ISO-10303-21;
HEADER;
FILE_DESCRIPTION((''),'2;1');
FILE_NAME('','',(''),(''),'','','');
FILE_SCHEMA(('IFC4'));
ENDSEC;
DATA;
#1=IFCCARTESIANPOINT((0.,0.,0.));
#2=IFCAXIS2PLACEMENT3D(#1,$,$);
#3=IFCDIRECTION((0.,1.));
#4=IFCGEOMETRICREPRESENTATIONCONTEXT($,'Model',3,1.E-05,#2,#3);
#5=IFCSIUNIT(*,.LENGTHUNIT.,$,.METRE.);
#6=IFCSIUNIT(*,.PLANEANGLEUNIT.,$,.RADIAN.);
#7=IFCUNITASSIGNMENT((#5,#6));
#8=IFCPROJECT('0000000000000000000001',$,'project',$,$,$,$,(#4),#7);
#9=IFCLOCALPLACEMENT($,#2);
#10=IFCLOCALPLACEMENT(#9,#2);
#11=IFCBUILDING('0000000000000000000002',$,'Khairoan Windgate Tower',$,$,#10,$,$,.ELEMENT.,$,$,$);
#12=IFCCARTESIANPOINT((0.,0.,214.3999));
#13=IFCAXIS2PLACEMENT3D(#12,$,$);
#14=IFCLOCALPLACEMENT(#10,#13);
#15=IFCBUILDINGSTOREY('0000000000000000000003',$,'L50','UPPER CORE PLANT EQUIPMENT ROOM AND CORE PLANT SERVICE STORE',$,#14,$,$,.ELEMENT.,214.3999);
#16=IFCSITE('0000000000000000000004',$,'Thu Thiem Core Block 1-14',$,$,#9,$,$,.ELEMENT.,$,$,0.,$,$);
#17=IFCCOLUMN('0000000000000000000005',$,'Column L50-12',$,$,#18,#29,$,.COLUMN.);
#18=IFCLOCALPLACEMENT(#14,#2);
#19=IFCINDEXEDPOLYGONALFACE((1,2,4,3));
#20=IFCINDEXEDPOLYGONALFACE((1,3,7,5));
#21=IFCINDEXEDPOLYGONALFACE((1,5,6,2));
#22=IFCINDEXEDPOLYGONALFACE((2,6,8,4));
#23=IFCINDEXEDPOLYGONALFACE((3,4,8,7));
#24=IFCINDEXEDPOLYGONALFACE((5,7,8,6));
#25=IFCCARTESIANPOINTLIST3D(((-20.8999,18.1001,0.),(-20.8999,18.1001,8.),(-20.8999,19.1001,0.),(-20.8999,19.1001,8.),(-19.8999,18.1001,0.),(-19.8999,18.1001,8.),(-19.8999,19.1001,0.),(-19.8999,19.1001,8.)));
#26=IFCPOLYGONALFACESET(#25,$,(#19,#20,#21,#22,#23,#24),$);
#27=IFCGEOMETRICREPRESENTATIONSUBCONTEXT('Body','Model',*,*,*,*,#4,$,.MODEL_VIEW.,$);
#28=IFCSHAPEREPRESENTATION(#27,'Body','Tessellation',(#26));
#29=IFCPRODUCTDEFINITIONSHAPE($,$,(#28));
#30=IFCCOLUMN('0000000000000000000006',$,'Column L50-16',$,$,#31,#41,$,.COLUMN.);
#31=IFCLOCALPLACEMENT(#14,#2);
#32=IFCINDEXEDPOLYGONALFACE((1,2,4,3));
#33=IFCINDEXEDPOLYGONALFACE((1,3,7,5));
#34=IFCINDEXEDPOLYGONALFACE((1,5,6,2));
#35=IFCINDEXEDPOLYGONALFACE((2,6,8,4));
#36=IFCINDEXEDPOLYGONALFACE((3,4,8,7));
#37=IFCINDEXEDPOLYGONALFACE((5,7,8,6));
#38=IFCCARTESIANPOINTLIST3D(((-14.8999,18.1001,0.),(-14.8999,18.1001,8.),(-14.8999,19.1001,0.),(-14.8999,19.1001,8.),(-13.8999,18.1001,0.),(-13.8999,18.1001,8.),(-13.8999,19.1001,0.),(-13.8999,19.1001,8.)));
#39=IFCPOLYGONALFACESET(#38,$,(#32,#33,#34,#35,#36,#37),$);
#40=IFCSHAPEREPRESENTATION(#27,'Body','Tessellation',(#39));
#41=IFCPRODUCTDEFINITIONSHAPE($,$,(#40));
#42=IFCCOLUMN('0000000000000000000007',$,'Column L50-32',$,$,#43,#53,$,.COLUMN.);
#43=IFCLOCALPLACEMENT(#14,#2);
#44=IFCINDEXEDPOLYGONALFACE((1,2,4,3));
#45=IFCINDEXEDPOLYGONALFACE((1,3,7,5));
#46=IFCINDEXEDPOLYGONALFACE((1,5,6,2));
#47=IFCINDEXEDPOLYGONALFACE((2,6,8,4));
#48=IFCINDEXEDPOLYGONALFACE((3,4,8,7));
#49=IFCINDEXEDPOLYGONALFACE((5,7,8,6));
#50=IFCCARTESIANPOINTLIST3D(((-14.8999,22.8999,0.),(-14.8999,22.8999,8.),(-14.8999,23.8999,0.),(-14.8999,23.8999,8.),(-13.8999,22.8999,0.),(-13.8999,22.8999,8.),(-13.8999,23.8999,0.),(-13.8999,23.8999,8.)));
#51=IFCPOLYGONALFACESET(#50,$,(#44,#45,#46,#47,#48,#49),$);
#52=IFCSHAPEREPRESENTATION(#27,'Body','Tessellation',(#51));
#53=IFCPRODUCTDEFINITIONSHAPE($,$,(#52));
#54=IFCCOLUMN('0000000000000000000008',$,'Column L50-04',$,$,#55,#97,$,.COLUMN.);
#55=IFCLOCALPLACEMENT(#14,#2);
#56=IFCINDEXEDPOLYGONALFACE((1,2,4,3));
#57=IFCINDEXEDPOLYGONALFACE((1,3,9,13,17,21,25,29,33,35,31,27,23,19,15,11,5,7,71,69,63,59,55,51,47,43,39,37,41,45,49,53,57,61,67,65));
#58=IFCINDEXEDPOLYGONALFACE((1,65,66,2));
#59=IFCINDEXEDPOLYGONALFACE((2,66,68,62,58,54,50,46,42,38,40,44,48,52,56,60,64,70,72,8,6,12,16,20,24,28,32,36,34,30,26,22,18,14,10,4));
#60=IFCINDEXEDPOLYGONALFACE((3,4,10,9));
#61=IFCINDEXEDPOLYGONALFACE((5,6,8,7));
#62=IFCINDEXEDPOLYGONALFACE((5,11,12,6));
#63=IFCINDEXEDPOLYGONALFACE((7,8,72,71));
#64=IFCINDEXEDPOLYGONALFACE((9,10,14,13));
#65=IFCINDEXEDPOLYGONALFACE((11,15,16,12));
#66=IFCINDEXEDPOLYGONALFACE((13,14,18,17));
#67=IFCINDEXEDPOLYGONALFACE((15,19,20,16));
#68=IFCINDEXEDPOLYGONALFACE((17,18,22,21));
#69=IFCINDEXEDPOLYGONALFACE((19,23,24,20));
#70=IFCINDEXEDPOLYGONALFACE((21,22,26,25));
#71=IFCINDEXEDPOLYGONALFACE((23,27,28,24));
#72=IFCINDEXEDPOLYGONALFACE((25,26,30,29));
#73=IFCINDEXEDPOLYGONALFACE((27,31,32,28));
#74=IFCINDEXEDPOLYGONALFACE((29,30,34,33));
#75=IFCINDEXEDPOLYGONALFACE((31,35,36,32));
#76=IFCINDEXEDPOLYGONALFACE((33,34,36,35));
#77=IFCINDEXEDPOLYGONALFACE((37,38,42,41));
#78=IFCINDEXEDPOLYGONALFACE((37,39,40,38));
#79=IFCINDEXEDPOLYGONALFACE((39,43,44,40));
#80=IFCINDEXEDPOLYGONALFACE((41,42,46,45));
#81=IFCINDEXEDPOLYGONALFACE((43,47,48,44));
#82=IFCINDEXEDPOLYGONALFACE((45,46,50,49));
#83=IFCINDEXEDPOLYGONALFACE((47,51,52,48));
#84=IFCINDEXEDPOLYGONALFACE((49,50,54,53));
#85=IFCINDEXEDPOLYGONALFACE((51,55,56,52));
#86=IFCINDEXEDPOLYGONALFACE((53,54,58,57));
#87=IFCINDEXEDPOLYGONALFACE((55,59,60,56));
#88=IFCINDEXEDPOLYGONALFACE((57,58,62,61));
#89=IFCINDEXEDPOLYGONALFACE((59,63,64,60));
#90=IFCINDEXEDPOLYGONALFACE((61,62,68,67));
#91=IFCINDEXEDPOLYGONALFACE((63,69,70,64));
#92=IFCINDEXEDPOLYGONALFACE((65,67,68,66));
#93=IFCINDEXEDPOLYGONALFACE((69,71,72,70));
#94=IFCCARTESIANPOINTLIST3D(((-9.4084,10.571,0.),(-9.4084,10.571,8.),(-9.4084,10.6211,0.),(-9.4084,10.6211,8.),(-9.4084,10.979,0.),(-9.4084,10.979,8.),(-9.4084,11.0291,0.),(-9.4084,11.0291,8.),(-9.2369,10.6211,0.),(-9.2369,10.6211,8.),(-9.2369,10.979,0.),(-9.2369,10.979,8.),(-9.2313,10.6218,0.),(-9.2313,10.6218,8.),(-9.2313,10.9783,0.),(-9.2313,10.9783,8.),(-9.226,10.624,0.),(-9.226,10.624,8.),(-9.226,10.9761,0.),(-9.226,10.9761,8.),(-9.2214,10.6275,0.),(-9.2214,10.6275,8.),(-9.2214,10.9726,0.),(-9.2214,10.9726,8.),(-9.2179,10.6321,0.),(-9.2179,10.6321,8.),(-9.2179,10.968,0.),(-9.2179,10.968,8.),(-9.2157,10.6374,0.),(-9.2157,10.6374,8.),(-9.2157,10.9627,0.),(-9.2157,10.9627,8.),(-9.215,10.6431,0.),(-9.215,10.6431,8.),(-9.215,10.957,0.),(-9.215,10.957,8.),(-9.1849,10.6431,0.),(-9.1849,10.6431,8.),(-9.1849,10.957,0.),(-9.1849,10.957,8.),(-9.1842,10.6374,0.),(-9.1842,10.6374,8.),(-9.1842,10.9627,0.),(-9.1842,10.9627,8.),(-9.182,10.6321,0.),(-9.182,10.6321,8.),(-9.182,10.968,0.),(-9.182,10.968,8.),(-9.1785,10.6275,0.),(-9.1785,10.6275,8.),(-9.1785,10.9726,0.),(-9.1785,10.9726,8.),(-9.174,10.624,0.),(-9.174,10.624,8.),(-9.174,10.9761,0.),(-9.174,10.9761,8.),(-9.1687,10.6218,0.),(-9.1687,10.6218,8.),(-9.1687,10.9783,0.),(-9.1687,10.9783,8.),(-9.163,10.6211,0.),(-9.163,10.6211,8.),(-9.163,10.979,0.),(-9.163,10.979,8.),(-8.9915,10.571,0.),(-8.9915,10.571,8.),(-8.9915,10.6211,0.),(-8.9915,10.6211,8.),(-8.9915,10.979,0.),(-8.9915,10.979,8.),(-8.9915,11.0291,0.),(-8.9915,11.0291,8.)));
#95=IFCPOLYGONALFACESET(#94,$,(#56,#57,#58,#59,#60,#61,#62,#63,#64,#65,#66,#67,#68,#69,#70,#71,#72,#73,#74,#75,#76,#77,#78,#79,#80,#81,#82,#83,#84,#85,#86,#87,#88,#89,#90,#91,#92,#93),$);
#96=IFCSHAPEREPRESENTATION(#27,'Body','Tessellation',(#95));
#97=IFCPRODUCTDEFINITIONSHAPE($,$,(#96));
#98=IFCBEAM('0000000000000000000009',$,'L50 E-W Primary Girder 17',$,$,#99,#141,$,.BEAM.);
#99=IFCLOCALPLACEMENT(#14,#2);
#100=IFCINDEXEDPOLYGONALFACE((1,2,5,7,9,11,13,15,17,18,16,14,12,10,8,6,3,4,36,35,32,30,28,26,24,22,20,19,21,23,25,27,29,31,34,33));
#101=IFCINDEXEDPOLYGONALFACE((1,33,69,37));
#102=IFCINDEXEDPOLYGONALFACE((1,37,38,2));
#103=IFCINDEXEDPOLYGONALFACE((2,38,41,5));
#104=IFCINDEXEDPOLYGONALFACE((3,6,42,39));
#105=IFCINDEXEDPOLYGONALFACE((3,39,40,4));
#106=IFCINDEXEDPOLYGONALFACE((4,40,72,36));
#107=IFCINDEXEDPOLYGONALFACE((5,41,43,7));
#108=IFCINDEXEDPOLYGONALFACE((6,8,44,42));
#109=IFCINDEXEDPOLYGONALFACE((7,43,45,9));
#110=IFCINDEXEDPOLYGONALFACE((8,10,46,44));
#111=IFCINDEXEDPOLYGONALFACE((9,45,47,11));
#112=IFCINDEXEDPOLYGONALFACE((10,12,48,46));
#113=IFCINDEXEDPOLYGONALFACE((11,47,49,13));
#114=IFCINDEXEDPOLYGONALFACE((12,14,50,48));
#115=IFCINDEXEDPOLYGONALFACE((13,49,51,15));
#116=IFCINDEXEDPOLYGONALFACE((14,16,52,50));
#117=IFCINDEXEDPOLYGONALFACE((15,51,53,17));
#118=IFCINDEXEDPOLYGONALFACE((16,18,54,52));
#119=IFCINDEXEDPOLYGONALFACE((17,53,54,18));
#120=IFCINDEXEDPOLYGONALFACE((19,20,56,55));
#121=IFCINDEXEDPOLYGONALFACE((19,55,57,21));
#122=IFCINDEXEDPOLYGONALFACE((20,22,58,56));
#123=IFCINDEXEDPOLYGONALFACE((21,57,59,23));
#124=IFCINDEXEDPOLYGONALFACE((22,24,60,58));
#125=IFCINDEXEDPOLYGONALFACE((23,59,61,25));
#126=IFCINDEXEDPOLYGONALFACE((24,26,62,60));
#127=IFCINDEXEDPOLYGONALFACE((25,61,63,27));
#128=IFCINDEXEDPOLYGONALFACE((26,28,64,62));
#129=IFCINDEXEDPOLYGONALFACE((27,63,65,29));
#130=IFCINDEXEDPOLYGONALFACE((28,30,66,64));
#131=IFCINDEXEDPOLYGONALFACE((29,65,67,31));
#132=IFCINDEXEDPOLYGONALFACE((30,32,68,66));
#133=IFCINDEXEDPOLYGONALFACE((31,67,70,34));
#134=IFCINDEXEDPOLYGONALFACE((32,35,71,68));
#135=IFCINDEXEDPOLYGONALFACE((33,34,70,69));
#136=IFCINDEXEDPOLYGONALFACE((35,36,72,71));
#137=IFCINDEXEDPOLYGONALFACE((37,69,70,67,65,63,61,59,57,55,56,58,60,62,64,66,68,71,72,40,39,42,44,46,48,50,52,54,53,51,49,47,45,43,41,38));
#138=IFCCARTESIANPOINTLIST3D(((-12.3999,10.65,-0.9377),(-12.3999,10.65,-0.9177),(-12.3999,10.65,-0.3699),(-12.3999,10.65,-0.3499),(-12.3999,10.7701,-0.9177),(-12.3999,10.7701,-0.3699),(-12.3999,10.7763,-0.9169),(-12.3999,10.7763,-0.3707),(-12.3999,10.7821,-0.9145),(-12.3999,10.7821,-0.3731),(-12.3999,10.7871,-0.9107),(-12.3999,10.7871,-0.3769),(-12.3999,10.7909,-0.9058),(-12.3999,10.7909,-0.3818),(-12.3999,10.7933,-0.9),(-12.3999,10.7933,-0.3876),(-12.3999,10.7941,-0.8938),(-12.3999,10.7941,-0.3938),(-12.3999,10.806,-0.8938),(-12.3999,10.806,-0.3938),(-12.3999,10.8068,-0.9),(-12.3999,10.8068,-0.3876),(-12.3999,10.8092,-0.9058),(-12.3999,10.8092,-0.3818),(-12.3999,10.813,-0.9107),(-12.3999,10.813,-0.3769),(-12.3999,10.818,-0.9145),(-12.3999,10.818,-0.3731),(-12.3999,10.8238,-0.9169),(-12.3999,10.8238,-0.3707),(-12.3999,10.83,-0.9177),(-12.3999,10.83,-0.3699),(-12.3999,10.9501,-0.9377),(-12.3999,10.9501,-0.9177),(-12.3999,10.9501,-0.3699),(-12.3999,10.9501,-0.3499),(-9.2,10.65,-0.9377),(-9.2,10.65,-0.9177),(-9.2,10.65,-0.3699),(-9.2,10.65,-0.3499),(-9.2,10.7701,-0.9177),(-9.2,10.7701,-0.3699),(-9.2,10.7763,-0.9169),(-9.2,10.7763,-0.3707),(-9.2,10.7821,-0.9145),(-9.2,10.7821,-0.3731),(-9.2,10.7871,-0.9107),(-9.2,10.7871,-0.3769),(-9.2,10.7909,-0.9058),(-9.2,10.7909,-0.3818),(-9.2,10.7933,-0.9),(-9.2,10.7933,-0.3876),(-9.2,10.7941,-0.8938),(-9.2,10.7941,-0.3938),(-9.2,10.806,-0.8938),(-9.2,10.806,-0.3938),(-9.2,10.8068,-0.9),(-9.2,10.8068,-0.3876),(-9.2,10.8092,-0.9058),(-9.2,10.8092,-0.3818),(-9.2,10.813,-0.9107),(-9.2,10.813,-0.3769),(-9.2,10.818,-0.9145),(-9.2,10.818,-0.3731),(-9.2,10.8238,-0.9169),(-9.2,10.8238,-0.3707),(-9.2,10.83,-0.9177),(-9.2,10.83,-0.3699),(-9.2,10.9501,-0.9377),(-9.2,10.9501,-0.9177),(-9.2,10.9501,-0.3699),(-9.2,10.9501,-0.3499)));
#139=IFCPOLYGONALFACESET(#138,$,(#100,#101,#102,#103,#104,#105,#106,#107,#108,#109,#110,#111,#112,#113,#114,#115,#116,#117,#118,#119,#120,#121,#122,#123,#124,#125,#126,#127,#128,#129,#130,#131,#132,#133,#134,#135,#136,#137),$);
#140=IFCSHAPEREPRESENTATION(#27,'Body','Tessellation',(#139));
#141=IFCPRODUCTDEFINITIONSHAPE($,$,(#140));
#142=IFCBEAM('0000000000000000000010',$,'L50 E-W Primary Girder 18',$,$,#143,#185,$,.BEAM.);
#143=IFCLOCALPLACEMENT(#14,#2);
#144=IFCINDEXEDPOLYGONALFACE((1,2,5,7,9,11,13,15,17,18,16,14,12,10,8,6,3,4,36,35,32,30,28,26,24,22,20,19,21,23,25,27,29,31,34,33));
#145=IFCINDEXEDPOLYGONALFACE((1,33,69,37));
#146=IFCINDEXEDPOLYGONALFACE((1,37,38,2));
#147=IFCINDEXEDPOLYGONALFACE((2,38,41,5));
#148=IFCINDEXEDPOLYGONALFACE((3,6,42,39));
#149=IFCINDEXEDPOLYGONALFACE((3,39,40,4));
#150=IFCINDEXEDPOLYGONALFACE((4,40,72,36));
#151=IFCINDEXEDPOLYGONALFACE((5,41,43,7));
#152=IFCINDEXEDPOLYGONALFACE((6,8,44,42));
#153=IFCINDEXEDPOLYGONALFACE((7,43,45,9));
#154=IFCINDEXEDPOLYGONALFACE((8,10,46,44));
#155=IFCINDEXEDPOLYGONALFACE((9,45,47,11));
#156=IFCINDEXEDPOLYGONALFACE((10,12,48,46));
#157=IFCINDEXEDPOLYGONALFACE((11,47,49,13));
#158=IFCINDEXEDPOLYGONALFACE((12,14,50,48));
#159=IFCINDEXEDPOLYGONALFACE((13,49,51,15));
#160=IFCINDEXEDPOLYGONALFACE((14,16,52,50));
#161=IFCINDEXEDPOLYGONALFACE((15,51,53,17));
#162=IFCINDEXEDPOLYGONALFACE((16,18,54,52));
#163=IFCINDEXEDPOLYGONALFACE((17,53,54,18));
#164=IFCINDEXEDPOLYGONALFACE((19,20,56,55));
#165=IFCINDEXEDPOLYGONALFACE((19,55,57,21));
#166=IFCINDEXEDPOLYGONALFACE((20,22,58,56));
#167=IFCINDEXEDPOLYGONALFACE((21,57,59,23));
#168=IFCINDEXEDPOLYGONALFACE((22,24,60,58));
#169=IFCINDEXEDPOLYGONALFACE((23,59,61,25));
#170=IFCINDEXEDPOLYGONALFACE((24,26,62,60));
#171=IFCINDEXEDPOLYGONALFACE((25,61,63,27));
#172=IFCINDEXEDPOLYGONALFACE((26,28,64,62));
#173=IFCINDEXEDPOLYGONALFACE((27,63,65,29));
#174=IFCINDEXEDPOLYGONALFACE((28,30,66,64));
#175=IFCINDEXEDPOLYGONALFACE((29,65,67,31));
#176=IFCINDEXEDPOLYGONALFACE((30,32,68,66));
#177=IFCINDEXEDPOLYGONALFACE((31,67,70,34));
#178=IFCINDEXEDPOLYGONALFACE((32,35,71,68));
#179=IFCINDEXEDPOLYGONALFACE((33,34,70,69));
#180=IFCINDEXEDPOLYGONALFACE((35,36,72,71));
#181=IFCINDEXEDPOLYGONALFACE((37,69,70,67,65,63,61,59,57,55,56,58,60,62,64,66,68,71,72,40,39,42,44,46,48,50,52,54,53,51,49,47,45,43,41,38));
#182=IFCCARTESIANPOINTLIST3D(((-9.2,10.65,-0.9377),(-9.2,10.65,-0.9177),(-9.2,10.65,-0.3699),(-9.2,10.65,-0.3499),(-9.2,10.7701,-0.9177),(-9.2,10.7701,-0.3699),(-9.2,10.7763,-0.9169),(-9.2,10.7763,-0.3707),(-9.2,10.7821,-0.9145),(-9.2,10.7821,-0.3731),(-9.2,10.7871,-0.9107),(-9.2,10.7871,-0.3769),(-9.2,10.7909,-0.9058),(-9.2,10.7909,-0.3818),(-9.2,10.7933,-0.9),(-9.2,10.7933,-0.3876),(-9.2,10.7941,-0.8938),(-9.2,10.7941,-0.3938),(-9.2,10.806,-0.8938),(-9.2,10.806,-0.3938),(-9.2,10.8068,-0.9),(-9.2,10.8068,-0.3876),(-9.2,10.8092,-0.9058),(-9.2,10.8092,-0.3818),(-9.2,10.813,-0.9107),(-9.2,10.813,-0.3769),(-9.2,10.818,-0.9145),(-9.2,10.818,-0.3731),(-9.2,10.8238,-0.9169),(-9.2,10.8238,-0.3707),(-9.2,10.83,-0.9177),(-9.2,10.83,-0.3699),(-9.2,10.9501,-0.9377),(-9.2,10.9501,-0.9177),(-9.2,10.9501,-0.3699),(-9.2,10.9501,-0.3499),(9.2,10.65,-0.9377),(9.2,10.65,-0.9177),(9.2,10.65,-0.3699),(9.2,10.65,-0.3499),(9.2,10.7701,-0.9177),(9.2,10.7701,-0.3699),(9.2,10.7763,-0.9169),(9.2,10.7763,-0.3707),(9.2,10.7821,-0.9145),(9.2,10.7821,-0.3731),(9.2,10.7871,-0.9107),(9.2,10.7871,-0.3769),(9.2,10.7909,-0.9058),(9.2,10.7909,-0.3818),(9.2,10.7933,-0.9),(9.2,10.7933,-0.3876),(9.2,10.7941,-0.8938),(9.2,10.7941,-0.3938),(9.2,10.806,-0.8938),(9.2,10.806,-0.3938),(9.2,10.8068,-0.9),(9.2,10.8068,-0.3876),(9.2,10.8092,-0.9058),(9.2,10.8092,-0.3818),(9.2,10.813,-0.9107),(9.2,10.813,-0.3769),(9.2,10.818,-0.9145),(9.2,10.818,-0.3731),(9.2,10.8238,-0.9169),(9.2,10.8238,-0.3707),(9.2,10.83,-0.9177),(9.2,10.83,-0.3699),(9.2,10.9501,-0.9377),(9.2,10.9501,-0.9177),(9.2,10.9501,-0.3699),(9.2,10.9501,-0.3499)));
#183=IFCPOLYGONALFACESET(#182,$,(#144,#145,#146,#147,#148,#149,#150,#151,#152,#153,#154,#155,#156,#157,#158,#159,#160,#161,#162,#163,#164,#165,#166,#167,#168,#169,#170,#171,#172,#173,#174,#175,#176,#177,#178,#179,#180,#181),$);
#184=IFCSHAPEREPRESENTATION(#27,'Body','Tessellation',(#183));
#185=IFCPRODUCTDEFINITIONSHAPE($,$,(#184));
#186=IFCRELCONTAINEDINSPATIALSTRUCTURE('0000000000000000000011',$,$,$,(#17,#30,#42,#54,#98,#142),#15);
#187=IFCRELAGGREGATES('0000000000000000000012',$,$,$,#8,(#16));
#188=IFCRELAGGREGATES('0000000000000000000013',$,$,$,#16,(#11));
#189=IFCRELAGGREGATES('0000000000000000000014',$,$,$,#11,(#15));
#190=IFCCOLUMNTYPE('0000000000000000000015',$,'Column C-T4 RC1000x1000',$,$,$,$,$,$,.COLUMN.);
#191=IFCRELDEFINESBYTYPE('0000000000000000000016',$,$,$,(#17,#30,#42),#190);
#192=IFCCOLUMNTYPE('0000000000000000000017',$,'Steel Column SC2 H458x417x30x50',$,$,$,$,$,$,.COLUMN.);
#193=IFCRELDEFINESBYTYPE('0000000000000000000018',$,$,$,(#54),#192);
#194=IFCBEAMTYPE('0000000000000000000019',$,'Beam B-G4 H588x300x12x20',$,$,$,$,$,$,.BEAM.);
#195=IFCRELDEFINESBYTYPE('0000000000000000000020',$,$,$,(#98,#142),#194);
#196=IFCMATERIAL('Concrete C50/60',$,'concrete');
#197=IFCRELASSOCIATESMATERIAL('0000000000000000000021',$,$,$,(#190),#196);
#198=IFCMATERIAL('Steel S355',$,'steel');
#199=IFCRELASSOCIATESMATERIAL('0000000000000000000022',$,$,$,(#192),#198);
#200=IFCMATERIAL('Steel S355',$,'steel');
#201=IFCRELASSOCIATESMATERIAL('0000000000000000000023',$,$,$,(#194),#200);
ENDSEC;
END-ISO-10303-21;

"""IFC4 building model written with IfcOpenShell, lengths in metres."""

from ifc_helpers import new_model, si_unit, direction, frame, origin, origin_2d, place, context, subcontext, project, spatial, rectangle, i_section, extrude, material, material_profile, profile_set, type_object, element, save


model = new_model("IFC4")

# Units and contexts
model_context = context("Model", 3, precision=1e-05, world=origin(), true_north=direction((0.0, 1.0)))
body_context = subcontext(model_context, "Body", "Model", "MODEL_VIEW")
ifc_project = project(units=[si_unit("LENGTHUNIT", "METRE"), si_unit("PLANEANGLEUNIT", "RADIAN")], contexts=[model_context])

# Site, building, storey
site_placement = place(None, origin())
site = spatial("IfcSite", under=ifc_project, at=site_placement, Name="Thu Thiem Core Block 1-14", CompositionType="ELEMENT", RefElevation=0.0)
building_placement = place(site_placement, origin())
building = spatial("IfcBuilding", under=site, at=building_placement, Name="Khairoan Windgate Tower", CompositionType="ELEMENT")
storey_placement = place(building_placement, frame((0.0, 0.0, 214.3999)))
storey = spatial("IfcBuildingStorey", under=building, at=storey_placement, Name="L50", Description="UPPER CORE PLANT EQUIPMENT ROOM AND CORE PLANT SERVICE STORE", CompositionType="ELEMENT", Elevation=214.3999)

# Columns
ifc_material_1 = material(Name="Concrete C50/60", Category="concrete")
ifc_material_profile_1 = material_profile(ifc_material_1, rectangle(XDim=1.0, YDim=1.0, at=origin_2d()))
ifc_profile_set_1 = profile_set([ifc_material_profile_1], Name="Concrete C50/60")
column_type_1 = type_object("IfcColumnType", Name="Column C-T4 RC1000x1000", PredefinedType="COLUMN", material=ifc_profile_set_1)
for number, where, z_axis, x_axis, name in (
    (1, (-20.3999, 18.6001, 0.0), (0.0, 0.0, 1.0), (1.0, 0.0, 0.0), "Column L50-12"),
    (2, (-14.3999, 18.6001, 0.0), (0.0, 0.0, 1.0), (1.0, 0.0, 0.0), "Column L50-16"),
    (3, (-14.3999, 23.3999, 0.0), (0.0, 0.0, 1.0), (1.0, 0.0, 0.0), "Column L50-32"),
):
    element("IfcColumn", number, at=place(storey_placement, frame(where, z_axis=z_axis, x_axis=x_axis)), inside=storey, type_object=column_type_1, Name=name, PredefinedType="COLUMN", context=body_context, shape_type="SweptSolid", body=[
        extrude(rectangle(XDim=1.0, YDim=1.0, at=origin_2d()), origin(), (0.0, 0.0, 1.0), 8.0),
    ])
ifc_material_2 = material(Name="Steel S355", Category="steel")
ifc_material_profile_2 = material_profile(ifc_material_2, i_section(OverallWidth=0.417, OverallDepth=0.458, WebThickness=0.03, FlangeThickness=0.05, FilletRadius=0.022, at=origin_2d()))
ifc_profile_set_2 = profile_set([ifc_material_profile_2], Name="Steel S355")
column_type_2 = type_object("IfcColumnType", Name="Steel Column SC2 H458x417x30x50", PredefinedType="COLUMN", material=ifc_profile_set_2)
column_placement = place(storey_placement, frame((-9.2, 10.8, 0.0), z_axis=(0.0, 0.0, 1.0), x_axis=(1.0, 0.0, 0.0)))
element("IfcColumn", 4, at=column_placement, inside=storey, type_object=column_type_2, Name="Column L50-04", PredefinedType="COLUMN", context=body_context, shape_type="SweptSolid", body=[
    extrude(i_section(OverallWidth=0.417, OverallDepth=0.458, WebThickness=0.03, FlangeThickness=0.05, FilletRadius=0.022, at=origin_2d()), origin(), (0.0, 0.0, 1.0), 8.0),
])

# Beams
ifc_material_3 = material(Name="Steel S355", Category="steel")
ifc_material_profile_3 = material_profile(ifc_material_3, i_section(OverallWidth=0.3, OverallDepth=0.5879, WebThickness=0.012, FlangeThickness=0.02, FilletRadius=0.0239, at=origin_2d()))
ifc_profile_set_3 = profile_set([ifc_material_profile_3], Name="Steel S355")
beam_type_1 = type_object("IfcBeamType", Name="Beam B-G4 H588x300x12x20", PredefinedType="BEAM", material=ifc_profile_set_3)
beam_1_placement = place(storey_placement, frame((-12.3999, 10.8, -0.6438), z_axis=(1.0, 0.0, 0.0), x_axis=(0.0, 1.0, 0.0)))
element("IfcBeam", 5, at=beam_1_placement, inside=storey, type_object=beam_type_1, Name="L50 E-W Primary Girder 17", PredefinedType="BEAM", context=body_context, shape_type="SweptSolid", body=[
    extrude(i_section(OverallWidth=0.3, OverallDepth=0.5879, WebThickness=0.012, FlangeThickness=0.02, FilletRadius=0.0239, at=origin_2d()), origin(), (0.0, 0.0, 1.0), 3.2),
])
beam_2_placement = place(storey_placement, frame((-9.2, 10.8, -0.6438), z_axis=(1.0, 0.0, 0.0), x_axis=(0.0, 1.0, 0.0)))
element("IfcBeam", 6, at=beam_2_placement, inside=storey, type_object=beam_type_1, Name="L50 E-W Primary Girder 18", PredefinedType="BEAM", context=body_context, shape_type="SweptSolid", body=[
    extrude(i_section(OverallWidth=0.3, OverallDepth=0.5879, WebThickness=0.012, FlangeThickness=0.02, FilletRadius=0.0239, at=origin_2d()), origin(), (0.0, 0.0, 1.0), 18.3999),
])

save(model, "model.ifc")
